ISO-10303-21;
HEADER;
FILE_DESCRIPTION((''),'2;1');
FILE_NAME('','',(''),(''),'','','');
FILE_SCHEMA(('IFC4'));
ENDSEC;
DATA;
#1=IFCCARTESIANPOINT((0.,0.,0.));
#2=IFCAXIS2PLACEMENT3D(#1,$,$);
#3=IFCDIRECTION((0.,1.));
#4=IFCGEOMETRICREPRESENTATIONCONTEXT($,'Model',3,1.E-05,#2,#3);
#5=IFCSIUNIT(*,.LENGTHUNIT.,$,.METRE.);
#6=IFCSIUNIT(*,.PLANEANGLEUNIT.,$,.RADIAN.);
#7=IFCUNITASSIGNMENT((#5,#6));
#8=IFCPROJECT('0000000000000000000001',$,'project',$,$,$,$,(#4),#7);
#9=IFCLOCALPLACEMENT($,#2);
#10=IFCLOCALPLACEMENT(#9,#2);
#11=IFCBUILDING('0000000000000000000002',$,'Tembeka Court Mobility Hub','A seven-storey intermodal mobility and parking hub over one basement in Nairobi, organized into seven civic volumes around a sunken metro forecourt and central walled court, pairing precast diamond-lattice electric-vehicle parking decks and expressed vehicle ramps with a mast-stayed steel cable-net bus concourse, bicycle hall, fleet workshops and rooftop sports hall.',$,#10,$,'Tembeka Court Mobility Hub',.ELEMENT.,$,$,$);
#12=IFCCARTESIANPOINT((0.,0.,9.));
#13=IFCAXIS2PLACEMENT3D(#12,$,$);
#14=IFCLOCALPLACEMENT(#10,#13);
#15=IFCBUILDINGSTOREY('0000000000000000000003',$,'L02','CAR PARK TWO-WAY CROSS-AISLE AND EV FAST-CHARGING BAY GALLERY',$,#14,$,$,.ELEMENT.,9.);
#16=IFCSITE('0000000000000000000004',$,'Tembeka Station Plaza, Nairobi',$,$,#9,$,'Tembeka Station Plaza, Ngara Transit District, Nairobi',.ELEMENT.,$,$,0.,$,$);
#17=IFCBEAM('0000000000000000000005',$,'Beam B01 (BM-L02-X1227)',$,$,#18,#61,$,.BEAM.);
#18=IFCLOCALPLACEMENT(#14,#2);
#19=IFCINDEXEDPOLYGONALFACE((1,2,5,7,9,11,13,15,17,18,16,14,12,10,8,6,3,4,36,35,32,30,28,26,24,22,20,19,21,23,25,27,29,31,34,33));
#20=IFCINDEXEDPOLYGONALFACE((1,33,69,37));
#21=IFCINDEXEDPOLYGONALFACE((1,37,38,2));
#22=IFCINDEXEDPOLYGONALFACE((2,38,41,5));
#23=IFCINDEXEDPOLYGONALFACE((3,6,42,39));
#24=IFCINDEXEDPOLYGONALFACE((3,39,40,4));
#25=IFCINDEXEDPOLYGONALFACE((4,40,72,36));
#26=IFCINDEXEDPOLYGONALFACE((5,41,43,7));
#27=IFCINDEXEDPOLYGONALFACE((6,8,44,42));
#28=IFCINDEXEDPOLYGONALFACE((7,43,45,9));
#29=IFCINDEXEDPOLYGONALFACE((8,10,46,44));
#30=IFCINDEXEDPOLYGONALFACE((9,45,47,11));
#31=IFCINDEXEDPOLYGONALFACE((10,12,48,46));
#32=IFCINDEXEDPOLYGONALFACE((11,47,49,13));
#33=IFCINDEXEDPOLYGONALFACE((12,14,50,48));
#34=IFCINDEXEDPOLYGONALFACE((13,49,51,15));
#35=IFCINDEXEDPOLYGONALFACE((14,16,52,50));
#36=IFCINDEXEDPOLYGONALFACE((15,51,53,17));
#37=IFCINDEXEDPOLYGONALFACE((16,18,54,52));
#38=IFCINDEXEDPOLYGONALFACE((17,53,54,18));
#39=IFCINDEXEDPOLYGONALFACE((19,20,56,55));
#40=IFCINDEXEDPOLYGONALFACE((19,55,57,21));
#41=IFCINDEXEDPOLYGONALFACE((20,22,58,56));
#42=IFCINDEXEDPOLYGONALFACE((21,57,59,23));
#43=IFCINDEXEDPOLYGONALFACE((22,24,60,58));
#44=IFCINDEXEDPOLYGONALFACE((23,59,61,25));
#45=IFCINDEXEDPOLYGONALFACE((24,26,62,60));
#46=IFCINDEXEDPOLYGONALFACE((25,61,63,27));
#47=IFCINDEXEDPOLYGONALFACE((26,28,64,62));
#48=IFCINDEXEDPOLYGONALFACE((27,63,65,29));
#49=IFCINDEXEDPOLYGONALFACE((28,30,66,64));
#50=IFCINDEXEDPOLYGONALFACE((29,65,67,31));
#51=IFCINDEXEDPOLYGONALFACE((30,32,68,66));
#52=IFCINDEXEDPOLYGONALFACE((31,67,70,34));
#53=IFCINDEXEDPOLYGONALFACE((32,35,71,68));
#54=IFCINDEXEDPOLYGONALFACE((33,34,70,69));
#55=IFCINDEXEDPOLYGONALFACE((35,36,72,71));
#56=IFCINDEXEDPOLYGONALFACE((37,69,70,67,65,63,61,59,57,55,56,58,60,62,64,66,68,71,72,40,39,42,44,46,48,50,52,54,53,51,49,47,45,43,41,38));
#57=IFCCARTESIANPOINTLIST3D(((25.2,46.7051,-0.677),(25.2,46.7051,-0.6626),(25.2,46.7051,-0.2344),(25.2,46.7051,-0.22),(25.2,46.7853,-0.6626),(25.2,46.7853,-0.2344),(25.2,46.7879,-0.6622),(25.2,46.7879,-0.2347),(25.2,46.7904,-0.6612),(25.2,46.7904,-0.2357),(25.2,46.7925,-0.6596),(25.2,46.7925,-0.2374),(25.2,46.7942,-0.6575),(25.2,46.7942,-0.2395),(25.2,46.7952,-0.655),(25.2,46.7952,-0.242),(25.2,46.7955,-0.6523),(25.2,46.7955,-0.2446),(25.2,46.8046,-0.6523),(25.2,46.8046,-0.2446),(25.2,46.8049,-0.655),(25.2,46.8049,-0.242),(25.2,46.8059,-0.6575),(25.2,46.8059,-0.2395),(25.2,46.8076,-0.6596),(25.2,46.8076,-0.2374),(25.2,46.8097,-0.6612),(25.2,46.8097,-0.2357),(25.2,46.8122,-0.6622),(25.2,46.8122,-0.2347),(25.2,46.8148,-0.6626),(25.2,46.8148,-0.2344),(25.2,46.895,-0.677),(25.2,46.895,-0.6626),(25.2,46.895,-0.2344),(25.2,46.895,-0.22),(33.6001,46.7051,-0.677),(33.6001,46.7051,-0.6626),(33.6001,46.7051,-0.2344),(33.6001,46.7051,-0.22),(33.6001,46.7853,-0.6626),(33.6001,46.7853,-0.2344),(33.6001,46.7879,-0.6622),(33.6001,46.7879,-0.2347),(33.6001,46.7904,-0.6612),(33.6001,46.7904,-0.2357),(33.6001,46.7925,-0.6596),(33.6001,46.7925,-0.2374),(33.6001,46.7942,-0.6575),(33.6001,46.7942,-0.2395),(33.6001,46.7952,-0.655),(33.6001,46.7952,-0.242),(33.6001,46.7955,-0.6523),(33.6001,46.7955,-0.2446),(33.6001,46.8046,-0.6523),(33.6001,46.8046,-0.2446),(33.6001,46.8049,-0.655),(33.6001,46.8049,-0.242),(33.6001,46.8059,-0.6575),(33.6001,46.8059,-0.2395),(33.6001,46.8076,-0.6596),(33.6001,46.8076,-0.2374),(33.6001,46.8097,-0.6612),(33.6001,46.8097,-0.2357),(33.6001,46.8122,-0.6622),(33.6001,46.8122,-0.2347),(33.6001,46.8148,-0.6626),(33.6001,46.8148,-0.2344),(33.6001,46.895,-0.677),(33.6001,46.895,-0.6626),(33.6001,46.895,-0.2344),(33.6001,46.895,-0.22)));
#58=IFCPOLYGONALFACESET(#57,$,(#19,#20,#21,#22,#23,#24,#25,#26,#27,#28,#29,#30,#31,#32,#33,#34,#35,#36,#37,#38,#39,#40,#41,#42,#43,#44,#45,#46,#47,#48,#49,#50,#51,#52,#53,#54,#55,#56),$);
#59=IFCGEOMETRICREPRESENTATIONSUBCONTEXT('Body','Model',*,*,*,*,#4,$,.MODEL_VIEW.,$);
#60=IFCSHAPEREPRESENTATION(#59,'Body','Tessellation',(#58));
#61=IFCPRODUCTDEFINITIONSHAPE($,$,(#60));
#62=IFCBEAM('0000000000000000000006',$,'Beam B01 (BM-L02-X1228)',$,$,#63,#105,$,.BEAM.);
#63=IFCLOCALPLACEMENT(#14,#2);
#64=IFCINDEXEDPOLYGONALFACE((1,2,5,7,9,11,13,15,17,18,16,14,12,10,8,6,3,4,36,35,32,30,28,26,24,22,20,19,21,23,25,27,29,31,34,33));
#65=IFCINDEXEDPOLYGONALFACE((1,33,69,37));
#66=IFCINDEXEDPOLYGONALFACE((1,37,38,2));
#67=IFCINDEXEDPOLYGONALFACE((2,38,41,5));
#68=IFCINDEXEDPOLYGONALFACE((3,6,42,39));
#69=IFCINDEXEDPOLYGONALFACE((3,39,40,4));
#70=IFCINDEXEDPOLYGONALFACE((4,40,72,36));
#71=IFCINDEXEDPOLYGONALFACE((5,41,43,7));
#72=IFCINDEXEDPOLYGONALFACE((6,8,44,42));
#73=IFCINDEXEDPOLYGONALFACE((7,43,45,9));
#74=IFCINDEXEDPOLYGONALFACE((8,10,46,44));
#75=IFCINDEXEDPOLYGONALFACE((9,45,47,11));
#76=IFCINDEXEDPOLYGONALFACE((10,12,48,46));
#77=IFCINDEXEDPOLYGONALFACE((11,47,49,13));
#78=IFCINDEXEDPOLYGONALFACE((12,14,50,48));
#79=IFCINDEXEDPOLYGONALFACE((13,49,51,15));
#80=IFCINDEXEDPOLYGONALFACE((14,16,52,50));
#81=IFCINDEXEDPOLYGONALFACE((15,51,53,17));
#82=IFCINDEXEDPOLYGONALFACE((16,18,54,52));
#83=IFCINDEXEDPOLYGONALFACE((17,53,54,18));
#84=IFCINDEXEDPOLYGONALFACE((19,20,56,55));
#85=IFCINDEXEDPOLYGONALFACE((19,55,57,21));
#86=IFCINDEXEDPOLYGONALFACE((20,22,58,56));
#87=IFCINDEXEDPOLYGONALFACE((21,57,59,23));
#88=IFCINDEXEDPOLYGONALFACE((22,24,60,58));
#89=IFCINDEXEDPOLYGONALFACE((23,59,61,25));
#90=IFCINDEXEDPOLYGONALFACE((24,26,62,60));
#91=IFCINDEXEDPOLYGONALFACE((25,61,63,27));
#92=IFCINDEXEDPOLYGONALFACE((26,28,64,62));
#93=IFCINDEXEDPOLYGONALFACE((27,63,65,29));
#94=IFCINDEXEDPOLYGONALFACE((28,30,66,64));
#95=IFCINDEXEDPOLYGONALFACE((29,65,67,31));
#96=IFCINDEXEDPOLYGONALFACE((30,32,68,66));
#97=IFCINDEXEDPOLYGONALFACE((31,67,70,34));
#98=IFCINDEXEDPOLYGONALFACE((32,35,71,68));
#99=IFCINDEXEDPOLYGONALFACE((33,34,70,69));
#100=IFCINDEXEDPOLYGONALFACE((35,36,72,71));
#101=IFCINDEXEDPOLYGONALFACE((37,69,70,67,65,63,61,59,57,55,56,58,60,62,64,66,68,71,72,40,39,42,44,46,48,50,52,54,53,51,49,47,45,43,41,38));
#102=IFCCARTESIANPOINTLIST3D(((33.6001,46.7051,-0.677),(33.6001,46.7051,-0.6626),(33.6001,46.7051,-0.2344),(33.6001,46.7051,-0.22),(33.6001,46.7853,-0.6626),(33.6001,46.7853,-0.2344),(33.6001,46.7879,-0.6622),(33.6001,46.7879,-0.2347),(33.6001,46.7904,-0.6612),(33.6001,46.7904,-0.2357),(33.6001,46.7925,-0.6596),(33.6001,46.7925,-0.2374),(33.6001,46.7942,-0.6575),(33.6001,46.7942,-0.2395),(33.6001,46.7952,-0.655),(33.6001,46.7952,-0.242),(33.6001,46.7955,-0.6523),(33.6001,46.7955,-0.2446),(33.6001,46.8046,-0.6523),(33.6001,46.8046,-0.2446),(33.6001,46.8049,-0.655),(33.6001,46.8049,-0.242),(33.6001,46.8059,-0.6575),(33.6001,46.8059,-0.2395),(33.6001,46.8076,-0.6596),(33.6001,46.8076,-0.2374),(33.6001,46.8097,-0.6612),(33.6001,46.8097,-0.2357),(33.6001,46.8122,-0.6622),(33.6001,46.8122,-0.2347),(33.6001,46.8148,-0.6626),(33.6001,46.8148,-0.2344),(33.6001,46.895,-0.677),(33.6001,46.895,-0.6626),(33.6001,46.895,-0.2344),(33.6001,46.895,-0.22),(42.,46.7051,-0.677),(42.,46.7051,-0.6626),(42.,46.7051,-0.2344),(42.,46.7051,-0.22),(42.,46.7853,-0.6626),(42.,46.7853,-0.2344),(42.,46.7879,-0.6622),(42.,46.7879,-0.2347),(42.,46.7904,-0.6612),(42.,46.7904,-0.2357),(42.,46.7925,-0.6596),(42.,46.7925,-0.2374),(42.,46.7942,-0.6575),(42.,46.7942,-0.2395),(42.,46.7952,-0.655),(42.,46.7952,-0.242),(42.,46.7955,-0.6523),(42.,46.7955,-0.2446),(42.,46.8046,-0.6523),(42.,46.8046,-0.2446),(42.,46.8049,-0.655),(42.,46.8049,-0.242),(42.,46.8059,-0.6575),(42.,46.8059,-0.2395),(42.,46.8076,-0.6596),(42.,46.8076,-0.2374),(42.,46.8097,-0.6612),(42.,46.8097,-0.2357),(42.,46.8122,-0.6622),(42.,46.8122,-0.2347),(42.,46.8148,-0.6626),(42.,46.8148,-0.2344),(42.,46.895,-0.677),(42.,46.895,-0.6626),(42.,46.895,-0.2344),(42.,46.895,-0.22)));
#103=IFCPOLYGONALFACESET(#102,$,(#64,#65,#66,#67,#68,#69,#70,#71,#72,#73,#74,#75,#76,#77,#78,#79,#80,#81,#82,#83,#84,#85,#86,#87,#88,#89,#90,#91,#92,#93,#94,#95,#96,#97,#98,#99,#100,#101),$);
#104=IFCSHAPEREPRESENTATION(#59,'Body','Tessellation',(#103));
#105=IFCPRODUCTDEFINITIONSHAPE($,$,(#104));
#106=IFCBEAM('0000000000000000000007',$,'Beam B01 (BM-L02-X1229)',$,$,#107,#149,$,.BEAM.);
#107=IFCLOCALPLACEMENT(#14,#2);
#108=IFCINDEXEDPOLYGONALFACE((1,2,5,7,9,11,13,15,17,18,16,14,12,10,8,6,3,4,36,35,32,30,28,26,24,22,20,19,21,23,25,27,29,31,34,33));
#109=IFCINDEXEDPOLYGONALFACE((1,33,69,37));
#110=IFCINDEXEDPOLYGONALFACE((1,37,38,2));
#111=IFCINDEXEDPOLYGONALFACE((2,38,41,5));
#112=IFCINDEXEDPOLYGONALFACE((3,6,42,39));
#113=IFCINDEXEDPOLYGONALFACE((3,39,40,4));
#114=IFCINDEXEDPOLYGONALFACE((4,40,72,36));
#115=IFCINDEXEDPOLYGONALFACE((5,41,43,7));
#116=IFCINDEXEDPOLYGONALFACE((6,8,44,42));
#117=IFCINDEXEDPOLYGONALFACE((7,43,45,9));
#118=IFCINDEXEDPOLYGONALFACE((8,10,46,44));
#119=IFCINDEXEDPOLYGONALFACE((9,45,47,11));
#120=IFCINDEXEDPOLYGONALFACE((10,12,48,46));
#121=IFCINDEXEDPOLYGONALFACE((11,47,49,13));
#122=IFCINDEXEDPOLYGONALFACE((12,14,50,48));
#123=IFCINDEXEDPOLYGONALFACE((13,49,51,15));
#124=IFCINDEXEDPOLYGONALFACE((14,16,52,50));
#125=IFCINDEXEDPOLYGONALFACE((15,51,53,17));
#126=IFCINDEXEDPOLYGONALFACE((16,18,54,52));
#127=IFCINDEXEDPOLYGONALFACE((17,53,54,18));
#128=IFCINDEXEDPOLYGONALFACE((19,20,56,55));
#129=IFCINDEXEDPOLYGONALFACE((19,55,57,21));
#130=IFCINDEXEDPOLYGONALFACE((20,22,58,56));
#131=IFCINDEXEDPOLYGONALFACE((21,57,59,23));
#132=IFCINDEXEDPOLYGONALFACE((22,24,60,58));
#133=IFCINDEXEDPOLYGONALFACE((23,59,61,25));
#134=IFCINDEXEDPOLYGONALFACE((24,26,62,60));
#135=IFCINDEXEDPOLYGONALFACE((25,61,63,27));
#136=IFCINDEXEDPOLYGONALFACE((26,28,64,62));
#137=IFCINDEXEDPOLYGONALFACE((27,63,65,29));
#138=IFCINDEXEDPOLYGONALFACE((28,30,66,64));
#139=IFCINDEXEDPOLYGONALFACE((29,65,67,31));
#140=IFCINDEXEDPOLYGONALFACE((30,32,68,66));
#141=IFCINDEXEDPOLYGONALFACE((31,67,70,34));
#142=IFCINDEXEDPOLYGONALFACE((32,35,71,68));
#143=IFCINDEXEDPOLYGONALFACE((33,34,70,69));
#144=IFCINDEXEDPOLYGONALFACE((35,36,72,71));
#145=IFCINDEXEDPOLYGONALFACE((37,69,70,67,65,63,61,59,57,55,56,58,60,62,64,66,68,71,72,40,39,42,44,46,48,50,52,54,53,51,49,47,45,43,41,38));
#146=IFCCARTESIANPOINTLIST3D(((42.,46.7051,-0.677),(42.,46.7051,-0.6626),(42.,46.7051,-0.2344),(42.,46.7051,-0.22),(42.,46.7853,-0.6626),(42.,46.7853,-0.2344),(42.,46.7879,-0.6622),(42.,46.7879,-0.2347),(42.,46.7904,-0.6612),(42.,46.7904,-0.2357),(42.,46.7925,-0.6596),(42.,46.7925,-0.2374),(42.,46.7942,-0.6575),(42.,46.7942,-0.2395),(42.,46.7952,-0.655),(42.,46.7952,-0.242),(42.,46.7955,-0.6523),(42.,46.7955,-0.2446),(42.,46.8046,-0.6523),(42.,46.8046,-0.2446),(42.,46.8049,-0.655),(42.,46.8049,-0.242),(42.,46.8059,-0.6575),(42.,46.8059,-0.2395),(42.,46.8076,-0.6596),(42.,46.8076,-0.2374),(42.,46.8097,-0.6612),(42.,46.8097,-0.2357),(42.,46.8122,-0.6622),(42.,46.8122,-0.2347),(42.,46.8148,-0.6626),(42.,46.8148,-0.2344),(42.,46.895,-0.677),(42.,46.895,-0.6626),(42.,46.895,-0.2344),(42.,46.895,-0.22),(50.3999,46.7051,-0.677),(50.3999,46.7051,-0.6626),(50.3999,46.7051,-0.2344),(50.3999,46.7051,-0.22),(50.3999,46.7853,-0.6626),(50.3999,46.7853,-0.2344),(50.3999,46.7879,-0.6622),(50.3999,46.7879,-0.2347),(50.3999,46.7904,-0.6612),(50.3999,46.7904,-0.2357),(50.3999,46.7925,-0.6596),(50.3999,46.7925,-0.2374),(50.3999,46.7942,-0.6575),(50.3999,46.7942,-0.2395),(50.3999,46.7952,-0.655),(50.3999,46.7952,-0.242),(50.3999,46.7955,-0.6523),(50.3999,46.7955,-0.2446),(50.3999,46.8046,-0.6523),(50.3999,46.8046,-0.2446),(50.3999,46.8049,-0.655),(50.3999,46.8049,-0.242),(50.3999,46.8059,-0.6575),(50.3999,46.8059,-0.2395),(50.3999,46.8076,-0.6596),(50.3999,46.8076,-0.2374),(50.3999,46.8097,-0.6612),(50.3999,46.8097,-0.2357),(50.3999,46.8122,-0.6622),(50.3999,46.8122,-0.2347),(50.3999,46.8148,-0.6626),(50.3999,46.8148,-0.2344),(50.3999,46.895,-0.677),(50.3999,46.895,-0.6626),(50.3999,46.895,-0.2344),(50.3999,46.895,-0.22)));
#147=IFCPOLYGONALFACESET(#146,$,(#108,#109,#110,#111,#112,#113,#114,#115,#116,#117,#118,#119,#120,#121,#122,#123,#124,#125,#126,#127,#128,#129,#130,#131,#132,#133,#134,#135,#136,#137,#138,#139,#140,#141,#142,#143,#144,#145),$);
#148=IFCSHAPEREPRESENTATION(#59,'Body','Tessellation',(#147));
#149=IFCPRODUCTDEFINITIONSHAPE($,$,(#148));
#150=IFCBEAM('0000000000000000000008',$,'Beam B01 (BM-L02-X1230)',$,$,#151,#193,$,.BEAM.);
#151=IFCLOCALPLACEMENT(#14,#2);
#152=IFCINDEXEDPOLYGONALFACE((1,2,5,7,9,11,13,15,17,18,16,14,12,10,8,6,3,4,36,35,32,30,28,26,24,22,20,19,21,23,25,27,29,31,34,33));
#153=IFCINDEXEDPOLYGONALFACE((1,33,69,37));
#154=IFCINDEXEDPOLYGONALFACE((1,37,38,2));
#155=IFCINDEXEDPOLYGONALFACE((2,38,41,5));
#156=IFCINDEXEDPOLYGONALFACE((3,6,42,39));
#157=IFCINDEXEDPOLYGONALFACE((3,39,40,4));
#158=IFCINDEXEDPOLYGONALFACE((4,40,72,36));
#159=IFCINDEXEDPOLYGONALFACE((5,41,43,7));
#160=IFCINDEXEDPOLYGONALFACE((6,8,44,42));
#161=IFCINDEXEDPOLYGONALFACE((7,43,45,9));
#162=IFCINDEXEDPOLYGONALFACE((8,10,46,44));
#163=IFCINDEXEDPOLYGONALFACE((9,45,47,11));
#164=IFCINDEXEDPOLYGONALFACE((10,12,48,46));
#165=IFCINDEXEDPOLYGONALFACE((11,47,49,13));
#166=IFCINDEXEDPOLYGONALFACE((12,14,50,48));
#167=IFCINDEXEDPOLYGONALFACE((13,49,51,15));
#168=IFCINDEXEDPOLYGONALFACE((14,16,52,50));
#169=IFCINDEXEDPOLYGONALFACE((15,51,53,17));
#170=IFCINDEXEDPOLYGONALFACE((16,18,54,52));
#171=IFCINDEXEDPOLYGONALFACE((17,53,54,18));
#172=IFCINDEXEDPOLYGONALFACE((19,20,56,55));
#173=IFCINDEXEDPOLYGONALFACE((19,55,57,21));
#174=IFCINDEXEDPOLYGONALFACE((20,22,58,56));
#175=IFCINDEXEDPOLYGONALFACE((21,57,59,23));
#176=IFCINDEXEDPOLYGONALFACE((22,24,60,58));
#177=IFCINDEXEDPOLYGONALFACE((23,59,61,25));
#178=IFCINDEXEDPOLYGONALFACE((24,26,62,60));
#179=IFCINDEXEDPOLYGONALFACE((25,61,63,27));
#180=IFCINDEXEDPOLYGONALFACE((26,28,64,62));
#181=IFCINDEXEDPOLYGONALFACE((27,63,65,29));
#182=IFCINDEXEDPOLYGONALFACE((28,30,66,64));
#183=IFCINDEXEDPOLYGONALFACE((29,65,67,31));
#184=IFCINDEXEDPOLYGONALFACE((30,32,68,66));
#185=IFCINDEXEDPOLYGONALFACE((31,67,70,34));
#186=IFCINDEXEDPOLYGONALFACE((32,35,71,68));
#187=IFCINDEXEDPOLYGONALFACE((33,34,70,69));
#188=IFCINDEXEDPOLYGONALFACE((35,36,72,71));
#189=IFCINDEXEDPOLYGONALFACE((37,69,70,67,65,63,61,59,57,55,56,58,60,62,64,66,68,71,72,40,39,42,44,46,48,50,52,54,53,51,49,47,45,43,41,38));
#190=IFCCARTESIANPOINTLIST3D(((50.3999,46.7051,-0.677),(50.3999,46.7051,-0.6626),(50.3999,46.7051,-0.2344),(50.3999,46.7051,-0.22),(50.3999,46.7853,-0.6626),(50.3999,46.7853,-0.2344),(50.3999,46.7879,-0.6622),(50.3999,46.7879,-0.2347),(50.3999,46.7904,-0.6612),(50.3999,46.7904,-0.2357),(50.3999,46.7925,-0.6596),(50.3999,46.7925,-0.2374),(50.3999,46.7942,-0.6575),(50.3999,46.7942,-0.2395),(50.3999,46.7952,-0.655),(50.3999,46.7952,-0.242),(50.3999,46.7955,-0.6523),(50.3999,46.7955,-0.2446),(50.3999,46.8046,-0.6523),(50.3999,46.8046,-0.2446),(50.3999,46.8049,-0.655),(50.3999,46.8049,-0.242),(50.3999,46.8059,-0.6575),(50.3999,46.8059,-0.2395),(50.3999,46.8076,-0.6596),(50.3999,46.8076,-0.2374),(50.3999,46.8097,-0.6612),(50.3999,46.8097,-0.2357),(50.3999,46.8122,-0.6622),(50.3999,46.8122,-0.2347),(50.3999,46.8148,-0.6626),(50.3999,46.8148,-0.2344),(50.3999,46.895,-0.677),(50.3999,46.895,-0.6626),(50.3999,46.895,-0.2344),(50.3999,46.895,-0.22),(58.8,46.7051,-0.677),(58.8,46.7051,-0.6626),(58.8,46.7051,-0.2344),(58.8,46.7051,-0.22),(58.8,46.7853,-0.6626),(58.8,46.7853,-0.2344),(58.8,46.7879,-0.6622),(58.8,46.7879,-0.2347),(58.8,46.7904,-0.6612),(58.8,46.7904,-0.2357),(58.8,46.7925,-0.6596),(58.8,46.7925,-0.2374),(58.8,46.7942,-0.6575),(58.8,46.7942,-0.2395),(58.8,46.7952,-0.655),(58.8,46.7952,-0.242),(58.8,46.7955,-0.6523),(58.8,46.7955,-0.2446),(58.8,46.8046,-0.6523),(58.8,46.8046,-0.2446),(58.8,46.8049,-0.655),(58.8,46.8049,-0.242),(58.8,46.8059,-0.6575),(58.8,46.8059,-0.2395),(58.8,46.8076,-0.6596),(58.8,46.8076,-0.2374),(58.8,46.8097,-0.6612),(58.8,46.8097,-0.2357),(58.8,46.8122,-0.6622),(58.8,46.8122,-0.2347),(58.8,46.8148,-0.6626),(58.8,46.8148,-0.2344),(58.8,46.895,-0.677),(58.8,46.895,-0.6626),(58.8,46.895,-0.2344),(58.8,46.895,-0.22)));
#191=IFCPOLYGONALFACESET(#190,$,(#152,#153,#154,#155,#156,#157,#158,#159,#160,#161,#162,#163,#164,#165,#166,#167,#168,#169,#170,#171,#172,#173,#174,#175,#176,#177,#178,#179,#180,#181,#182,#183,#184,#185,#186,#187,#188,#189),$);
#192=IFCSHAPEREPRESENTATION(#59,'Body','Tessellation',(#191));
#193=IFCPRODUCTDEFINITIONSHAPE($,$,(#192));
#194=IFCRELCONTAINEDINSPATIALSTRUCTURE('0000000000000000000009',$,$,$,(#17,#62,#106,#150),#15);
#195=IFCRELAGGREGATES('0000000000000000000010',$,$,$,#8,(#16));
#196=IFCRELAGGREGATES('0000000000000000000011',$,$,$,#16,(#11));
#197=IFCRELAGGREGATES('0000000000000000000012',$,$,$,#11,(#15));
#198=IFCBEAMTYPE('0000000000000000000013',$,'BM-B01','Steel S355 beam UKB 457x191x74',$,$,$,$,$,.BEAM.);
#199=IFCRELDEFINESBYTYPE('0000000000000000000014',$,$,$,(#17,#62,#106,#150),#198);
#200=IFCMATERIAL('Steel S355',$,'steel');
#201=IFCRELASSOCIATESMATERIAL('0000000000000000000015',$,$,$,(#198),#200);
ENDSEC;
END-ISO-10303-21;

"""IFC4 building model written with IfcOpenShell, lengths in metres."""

from ifc_helpers import new_model, si_unit, direction, frame, origin, origin_2d, place, context, subcontext, project, spatial, i_section, extrude, material, material_profile, profile_set, type_object, element, save


model = new_model("IFC4")

# Units and contexts
model_context = context("Model", 3, precision=1e-05, world=origin(), true_north=direction((0.0, 1.0)))
body_context = subcontext(model_context, "Body", "Model", "MODEL_VIEW")
ifc_project = project(units=[si_unit("LENGTHUNIT", "METRE"), si_unit("PLANEANGLEUNIT", "RADIAN")], contexts=[model_context])

# Site, building, storey
site_placement = place(None, origin())
site = spatial("IfcSite", under=ifc_project, at=site_placement, Name="Tembeka Station Plaza, Nairobi", LongName="Tembeka Station Plaza, Ngara Transit District, Nairobi", CompositionType="ELEMENT", RefElevation=0.0)
building_placement = place(site_placement, origin())
building = spatial("IfcBuilding", under=site, at=building_placement, Name="Tembeka Court Mobility Hub", Description="A seven-storey intermodal mobility and parking hub over one basement in Nairobi, organized into seven civic volumes around a sunken metro forecourt and central walled court, pairing precast diamond-lattice electric-vehicle parking decks and expressed vehicle ramps with a mast-stayed steel cable-net bus concourse, bicycle hall, fleet workshops and rooftop sports hall.", LongName="Tembeka Court Mobility Hub", CompositionType="ELEMENT")
storey_placement = place(building_placement, frame((0.0, 0.0, 9.0)))
storey = spatial("IfcBuildingStorey", under=building, at=storey_placement, Name="L02", Description="CAR PARK TWO-WAY CROSS-AISLE AND EV FAST-CHARGING BAY GALLERY", CompositionType="ELEMENT", Elevation=9.0)

# Shared definitions
ifc_material_1 = material(Name="Steel S355", Category="steel")

# Beams
ifc_material_profile_1 = material_profile(ifc_material_1, i_section(OverallWidth=0.1899, OverallDepth=0.457, WebThickness=0.009, FlangeThickness=0.0144, FilletRadius=0.0103, at=origin_2d()), Name="UKB 457x191x74")
ifc_profile_set_1 = profile_set([ifc_material_profile_1], Name="Steel S355")
beam_type_1 = type_object("IfcBeamType", Name="BM-B01", Description="Steel S355 beam UKB 457x191x74", PredefinedType="BEAM", material=ifc_profile_set_1)
beam_1_placement = place(storey_placement, frame((25.2, 46.8, -0.4485), z_axis=(1.0, 0.0, 0.0), x_axis=(0.0, 1.0, 0.0)))
element("IfcBeam", 1, at=beam_1_placement, inside=storey, type_object=beam_type_1, Name="Beam B01 (BM-L02-X1227)", PredefinedType="BEAM", context=body_context, shape_type="SweptSolid", body=[
    extrude(i_section(OverallWidth=0.1899, OverallDepth=0.457, WebThickness=0.009, FlangeThickness=0.0144, FilletRadius=0.0103, at=origin_2d()), origin(), (0.0, 0.0, 1.0), 8.4001),
])
for number, where, z_axis, x_axis, name in (
    (2, (33.6001, 46.8, -0.4485), (1.0, 0.0, 0.0), (0.0, 1.0, 0.0), "Beam B01 (BM-L02-X1228)"),
    (3, (42.0, 46.8, -0.4485), (1.0, 0.0, 0.0), (0.0, 1.0, 0.0), "Beam B01 (BM-L02-X1229)"),
):
    element("IfcBeam", number, at=place(storey_placement, frame(where, z_axis=z_axis, x_axis=x_axis)), inside=storey, type_object=beam_type_1, Name=name, PredefinedType="BEAM", context=body_context, shape_type="SweptSolid", body=[
        extrude(i_section(OverallWidth=0.1899, OverallDepth=0.457, WebThickness=0.009, FlangeThickness=0.0144, FilletRadius=0.0103, at=origin_2d()), origin(), (0.0, 0.0, 1.0), 8.3999),
    ])
for number, where, z_axis, x_axis, name in (
    (4, (50.3999, 46.8, -0.4485), (1.0, 0.0, 0.0), (0.0, 1.0, 0.0), "Beam B01 (BM-L02-X1230)"),
):
    element("IfcBeam", number, at=place(storey_placement, frame(where, z_axis=z_axis, x_axis=x_axis)), inside=storey, type_object=beam_type_1, Name=name, PredefinedType="BEAM", context=body_context, shape_type="SweptSolid", body=[
        extrude(i_section(OverallWidth=0.1899, OverallDepth=0.457, WebThickness=0.009, FlangeThickness=0.0144, FilletRadius=0.0103, at=origin_2d()), origin(), (0.0, 0.0, 1.0), 8.4001),
    ])

save(model, "model.ifc")
